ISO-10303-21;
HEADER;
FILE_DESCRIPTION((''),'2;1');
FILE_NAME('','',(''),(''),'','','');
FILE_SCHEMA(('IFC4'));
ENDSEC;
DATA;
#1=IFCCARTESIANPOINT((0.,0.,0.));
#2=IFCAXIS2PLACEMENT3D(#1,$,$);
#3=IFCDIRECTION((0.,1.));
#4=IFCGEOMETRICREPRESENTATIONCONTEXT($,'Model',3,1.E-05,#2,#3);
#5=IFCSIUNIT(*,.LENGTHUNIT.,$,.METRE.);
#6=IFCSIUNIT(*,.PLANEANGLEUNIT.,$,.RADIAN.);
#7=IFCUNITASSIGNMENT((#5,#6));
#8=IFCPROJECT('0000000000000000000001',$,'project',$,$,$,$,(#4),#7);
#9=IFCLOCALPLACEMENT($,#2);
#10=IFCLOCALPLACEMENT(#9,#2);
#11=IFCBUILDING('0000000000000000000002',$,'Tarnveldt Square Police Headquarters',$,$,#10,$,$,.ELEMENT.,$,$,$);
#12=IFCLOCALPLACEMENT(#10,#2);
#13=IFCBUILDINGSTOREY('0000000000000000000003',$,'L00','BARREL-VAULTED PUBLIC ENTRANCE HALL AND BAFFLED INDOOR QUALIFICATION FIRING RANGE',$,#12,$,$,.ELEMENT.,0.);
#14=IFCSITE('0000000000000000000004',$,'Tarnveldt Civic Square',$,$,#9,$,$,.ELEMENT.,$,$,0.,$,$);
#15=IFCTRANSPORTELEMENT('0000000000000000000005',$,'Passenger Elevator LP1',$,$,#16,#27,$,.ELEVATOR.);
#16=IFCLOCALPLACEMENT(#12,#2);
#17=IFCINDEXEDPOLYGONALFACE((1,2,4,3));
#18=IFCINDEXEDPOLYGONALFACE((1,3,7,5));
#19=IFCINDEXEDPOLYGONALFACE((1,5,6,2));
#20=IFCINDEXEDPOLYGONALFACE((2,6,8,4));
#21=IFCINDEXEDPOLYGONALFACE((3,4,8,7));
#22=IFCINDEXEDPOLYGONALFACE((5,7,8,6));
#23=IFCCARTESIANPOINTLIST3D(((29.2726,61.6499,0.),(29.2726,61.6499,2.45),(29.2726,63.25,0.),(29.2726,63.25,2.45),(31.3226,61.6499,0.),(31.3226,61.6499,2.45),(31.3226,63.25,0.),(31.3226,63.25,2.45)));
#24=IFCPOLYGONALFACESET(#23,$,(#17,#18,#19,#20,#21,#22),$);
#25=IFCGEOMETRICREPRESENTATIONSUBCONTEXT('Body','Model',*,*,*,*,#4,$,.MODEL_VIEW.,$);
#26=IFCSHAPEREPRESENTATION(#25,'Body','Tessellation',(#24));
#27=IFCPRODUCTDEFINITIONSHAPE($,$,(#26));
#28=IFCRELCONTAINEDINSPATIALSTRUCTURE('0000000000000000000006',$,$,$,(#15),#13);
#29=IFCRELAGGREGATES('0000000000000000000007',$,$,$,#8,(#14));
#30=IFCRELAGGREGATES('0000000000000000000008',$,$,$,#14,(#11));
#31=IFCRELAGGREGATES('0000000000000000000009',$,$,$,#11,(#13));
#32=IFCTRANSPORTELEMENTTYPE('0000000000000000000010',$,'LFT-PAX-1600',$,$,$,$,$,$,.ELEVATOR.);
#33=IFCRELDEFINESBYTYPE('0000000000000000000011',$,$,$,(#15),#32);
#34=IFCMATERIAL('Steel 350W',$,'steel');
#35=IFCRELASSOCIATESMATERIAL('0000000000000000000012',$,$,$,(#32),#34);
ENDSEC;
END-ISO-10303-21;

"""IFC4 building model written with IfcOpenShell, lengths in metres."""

from ifc_helpers import new_model, si_unit, direction, frame, origin, origin_2d, place, context, subcontext, project, spatial, rectangle, extrude, material, type_object, element, save


model = new_model("IFC4")

# Units and contexts
model_context = context("Model", 3, precision=1e-05, world=origin(), true_north=direction((0.0, 1.0)))
body_context = subcontext(model_context, "Body", "Model", "MODEL_VIEW")
ifc_project = project(units=[si_unit("LENGTHUNIT", "METRE"), si_unit("PLANEANGLEUNIT", "RADIAN")], contexts=[model_context])

# Site, building, storey
site_placement = place(None, origin())
site = spatial("IfcSite", under=ifc_project, at=site_placement, Name="Tarnveldt Civic Square", CompositionType="ELEMENT", RefElevation=0.0)
building_placement = place(site_placement, origin())
building = spatial("IfcBuilding", under=site, at=building_placement, Name="Tarnveldt Square Police Headquarters", CompositionType="ELEMENT")
storey_placement = place(building_placement, origin())
storey = spatial("IfcBuildingStorey", under=building, at=storey_placement, Name="L00", Description="BARREL-VAULTED PUBLIC ENTRANCE HALL AND BAFFLED INDOOR QUALIFICATION FIRING RANGE", CompositionType="ELEMENT", Elevation=0.0)

# Shared definitions
ifc_material_1 = material(Name="Steel 350W", Category="steel")

# Transport element
transport_element_type_1 = type_object("IfcTransportElementType", Name="LFT-PAX-1600", PredefinedType="ELEVATOR", material=ifc_material_1)
transport_element_1_placement = place(storey_placement, frame((30.2976, 62.45, 0.0), z_axis=(0.0, 0.0, 1.0), x_axis=(1.0, 0.0, 0.0)))
element("IfcTransportElement", 1, at=transport_element_1_placement, inside=storey, type_object=transport_element_type_1, Name="Passenger Elevator LP1", PredefinedType="ELEVATOR", context=body_context, shape_type="SweptSolid", body=[
    extrude(rectangle(XDim=2.05, YDim=1.6001, at=origin_2d()), origin(), (0.0, 0.0, 1.0), 2.45),
])

save(model, "model.ifc")
